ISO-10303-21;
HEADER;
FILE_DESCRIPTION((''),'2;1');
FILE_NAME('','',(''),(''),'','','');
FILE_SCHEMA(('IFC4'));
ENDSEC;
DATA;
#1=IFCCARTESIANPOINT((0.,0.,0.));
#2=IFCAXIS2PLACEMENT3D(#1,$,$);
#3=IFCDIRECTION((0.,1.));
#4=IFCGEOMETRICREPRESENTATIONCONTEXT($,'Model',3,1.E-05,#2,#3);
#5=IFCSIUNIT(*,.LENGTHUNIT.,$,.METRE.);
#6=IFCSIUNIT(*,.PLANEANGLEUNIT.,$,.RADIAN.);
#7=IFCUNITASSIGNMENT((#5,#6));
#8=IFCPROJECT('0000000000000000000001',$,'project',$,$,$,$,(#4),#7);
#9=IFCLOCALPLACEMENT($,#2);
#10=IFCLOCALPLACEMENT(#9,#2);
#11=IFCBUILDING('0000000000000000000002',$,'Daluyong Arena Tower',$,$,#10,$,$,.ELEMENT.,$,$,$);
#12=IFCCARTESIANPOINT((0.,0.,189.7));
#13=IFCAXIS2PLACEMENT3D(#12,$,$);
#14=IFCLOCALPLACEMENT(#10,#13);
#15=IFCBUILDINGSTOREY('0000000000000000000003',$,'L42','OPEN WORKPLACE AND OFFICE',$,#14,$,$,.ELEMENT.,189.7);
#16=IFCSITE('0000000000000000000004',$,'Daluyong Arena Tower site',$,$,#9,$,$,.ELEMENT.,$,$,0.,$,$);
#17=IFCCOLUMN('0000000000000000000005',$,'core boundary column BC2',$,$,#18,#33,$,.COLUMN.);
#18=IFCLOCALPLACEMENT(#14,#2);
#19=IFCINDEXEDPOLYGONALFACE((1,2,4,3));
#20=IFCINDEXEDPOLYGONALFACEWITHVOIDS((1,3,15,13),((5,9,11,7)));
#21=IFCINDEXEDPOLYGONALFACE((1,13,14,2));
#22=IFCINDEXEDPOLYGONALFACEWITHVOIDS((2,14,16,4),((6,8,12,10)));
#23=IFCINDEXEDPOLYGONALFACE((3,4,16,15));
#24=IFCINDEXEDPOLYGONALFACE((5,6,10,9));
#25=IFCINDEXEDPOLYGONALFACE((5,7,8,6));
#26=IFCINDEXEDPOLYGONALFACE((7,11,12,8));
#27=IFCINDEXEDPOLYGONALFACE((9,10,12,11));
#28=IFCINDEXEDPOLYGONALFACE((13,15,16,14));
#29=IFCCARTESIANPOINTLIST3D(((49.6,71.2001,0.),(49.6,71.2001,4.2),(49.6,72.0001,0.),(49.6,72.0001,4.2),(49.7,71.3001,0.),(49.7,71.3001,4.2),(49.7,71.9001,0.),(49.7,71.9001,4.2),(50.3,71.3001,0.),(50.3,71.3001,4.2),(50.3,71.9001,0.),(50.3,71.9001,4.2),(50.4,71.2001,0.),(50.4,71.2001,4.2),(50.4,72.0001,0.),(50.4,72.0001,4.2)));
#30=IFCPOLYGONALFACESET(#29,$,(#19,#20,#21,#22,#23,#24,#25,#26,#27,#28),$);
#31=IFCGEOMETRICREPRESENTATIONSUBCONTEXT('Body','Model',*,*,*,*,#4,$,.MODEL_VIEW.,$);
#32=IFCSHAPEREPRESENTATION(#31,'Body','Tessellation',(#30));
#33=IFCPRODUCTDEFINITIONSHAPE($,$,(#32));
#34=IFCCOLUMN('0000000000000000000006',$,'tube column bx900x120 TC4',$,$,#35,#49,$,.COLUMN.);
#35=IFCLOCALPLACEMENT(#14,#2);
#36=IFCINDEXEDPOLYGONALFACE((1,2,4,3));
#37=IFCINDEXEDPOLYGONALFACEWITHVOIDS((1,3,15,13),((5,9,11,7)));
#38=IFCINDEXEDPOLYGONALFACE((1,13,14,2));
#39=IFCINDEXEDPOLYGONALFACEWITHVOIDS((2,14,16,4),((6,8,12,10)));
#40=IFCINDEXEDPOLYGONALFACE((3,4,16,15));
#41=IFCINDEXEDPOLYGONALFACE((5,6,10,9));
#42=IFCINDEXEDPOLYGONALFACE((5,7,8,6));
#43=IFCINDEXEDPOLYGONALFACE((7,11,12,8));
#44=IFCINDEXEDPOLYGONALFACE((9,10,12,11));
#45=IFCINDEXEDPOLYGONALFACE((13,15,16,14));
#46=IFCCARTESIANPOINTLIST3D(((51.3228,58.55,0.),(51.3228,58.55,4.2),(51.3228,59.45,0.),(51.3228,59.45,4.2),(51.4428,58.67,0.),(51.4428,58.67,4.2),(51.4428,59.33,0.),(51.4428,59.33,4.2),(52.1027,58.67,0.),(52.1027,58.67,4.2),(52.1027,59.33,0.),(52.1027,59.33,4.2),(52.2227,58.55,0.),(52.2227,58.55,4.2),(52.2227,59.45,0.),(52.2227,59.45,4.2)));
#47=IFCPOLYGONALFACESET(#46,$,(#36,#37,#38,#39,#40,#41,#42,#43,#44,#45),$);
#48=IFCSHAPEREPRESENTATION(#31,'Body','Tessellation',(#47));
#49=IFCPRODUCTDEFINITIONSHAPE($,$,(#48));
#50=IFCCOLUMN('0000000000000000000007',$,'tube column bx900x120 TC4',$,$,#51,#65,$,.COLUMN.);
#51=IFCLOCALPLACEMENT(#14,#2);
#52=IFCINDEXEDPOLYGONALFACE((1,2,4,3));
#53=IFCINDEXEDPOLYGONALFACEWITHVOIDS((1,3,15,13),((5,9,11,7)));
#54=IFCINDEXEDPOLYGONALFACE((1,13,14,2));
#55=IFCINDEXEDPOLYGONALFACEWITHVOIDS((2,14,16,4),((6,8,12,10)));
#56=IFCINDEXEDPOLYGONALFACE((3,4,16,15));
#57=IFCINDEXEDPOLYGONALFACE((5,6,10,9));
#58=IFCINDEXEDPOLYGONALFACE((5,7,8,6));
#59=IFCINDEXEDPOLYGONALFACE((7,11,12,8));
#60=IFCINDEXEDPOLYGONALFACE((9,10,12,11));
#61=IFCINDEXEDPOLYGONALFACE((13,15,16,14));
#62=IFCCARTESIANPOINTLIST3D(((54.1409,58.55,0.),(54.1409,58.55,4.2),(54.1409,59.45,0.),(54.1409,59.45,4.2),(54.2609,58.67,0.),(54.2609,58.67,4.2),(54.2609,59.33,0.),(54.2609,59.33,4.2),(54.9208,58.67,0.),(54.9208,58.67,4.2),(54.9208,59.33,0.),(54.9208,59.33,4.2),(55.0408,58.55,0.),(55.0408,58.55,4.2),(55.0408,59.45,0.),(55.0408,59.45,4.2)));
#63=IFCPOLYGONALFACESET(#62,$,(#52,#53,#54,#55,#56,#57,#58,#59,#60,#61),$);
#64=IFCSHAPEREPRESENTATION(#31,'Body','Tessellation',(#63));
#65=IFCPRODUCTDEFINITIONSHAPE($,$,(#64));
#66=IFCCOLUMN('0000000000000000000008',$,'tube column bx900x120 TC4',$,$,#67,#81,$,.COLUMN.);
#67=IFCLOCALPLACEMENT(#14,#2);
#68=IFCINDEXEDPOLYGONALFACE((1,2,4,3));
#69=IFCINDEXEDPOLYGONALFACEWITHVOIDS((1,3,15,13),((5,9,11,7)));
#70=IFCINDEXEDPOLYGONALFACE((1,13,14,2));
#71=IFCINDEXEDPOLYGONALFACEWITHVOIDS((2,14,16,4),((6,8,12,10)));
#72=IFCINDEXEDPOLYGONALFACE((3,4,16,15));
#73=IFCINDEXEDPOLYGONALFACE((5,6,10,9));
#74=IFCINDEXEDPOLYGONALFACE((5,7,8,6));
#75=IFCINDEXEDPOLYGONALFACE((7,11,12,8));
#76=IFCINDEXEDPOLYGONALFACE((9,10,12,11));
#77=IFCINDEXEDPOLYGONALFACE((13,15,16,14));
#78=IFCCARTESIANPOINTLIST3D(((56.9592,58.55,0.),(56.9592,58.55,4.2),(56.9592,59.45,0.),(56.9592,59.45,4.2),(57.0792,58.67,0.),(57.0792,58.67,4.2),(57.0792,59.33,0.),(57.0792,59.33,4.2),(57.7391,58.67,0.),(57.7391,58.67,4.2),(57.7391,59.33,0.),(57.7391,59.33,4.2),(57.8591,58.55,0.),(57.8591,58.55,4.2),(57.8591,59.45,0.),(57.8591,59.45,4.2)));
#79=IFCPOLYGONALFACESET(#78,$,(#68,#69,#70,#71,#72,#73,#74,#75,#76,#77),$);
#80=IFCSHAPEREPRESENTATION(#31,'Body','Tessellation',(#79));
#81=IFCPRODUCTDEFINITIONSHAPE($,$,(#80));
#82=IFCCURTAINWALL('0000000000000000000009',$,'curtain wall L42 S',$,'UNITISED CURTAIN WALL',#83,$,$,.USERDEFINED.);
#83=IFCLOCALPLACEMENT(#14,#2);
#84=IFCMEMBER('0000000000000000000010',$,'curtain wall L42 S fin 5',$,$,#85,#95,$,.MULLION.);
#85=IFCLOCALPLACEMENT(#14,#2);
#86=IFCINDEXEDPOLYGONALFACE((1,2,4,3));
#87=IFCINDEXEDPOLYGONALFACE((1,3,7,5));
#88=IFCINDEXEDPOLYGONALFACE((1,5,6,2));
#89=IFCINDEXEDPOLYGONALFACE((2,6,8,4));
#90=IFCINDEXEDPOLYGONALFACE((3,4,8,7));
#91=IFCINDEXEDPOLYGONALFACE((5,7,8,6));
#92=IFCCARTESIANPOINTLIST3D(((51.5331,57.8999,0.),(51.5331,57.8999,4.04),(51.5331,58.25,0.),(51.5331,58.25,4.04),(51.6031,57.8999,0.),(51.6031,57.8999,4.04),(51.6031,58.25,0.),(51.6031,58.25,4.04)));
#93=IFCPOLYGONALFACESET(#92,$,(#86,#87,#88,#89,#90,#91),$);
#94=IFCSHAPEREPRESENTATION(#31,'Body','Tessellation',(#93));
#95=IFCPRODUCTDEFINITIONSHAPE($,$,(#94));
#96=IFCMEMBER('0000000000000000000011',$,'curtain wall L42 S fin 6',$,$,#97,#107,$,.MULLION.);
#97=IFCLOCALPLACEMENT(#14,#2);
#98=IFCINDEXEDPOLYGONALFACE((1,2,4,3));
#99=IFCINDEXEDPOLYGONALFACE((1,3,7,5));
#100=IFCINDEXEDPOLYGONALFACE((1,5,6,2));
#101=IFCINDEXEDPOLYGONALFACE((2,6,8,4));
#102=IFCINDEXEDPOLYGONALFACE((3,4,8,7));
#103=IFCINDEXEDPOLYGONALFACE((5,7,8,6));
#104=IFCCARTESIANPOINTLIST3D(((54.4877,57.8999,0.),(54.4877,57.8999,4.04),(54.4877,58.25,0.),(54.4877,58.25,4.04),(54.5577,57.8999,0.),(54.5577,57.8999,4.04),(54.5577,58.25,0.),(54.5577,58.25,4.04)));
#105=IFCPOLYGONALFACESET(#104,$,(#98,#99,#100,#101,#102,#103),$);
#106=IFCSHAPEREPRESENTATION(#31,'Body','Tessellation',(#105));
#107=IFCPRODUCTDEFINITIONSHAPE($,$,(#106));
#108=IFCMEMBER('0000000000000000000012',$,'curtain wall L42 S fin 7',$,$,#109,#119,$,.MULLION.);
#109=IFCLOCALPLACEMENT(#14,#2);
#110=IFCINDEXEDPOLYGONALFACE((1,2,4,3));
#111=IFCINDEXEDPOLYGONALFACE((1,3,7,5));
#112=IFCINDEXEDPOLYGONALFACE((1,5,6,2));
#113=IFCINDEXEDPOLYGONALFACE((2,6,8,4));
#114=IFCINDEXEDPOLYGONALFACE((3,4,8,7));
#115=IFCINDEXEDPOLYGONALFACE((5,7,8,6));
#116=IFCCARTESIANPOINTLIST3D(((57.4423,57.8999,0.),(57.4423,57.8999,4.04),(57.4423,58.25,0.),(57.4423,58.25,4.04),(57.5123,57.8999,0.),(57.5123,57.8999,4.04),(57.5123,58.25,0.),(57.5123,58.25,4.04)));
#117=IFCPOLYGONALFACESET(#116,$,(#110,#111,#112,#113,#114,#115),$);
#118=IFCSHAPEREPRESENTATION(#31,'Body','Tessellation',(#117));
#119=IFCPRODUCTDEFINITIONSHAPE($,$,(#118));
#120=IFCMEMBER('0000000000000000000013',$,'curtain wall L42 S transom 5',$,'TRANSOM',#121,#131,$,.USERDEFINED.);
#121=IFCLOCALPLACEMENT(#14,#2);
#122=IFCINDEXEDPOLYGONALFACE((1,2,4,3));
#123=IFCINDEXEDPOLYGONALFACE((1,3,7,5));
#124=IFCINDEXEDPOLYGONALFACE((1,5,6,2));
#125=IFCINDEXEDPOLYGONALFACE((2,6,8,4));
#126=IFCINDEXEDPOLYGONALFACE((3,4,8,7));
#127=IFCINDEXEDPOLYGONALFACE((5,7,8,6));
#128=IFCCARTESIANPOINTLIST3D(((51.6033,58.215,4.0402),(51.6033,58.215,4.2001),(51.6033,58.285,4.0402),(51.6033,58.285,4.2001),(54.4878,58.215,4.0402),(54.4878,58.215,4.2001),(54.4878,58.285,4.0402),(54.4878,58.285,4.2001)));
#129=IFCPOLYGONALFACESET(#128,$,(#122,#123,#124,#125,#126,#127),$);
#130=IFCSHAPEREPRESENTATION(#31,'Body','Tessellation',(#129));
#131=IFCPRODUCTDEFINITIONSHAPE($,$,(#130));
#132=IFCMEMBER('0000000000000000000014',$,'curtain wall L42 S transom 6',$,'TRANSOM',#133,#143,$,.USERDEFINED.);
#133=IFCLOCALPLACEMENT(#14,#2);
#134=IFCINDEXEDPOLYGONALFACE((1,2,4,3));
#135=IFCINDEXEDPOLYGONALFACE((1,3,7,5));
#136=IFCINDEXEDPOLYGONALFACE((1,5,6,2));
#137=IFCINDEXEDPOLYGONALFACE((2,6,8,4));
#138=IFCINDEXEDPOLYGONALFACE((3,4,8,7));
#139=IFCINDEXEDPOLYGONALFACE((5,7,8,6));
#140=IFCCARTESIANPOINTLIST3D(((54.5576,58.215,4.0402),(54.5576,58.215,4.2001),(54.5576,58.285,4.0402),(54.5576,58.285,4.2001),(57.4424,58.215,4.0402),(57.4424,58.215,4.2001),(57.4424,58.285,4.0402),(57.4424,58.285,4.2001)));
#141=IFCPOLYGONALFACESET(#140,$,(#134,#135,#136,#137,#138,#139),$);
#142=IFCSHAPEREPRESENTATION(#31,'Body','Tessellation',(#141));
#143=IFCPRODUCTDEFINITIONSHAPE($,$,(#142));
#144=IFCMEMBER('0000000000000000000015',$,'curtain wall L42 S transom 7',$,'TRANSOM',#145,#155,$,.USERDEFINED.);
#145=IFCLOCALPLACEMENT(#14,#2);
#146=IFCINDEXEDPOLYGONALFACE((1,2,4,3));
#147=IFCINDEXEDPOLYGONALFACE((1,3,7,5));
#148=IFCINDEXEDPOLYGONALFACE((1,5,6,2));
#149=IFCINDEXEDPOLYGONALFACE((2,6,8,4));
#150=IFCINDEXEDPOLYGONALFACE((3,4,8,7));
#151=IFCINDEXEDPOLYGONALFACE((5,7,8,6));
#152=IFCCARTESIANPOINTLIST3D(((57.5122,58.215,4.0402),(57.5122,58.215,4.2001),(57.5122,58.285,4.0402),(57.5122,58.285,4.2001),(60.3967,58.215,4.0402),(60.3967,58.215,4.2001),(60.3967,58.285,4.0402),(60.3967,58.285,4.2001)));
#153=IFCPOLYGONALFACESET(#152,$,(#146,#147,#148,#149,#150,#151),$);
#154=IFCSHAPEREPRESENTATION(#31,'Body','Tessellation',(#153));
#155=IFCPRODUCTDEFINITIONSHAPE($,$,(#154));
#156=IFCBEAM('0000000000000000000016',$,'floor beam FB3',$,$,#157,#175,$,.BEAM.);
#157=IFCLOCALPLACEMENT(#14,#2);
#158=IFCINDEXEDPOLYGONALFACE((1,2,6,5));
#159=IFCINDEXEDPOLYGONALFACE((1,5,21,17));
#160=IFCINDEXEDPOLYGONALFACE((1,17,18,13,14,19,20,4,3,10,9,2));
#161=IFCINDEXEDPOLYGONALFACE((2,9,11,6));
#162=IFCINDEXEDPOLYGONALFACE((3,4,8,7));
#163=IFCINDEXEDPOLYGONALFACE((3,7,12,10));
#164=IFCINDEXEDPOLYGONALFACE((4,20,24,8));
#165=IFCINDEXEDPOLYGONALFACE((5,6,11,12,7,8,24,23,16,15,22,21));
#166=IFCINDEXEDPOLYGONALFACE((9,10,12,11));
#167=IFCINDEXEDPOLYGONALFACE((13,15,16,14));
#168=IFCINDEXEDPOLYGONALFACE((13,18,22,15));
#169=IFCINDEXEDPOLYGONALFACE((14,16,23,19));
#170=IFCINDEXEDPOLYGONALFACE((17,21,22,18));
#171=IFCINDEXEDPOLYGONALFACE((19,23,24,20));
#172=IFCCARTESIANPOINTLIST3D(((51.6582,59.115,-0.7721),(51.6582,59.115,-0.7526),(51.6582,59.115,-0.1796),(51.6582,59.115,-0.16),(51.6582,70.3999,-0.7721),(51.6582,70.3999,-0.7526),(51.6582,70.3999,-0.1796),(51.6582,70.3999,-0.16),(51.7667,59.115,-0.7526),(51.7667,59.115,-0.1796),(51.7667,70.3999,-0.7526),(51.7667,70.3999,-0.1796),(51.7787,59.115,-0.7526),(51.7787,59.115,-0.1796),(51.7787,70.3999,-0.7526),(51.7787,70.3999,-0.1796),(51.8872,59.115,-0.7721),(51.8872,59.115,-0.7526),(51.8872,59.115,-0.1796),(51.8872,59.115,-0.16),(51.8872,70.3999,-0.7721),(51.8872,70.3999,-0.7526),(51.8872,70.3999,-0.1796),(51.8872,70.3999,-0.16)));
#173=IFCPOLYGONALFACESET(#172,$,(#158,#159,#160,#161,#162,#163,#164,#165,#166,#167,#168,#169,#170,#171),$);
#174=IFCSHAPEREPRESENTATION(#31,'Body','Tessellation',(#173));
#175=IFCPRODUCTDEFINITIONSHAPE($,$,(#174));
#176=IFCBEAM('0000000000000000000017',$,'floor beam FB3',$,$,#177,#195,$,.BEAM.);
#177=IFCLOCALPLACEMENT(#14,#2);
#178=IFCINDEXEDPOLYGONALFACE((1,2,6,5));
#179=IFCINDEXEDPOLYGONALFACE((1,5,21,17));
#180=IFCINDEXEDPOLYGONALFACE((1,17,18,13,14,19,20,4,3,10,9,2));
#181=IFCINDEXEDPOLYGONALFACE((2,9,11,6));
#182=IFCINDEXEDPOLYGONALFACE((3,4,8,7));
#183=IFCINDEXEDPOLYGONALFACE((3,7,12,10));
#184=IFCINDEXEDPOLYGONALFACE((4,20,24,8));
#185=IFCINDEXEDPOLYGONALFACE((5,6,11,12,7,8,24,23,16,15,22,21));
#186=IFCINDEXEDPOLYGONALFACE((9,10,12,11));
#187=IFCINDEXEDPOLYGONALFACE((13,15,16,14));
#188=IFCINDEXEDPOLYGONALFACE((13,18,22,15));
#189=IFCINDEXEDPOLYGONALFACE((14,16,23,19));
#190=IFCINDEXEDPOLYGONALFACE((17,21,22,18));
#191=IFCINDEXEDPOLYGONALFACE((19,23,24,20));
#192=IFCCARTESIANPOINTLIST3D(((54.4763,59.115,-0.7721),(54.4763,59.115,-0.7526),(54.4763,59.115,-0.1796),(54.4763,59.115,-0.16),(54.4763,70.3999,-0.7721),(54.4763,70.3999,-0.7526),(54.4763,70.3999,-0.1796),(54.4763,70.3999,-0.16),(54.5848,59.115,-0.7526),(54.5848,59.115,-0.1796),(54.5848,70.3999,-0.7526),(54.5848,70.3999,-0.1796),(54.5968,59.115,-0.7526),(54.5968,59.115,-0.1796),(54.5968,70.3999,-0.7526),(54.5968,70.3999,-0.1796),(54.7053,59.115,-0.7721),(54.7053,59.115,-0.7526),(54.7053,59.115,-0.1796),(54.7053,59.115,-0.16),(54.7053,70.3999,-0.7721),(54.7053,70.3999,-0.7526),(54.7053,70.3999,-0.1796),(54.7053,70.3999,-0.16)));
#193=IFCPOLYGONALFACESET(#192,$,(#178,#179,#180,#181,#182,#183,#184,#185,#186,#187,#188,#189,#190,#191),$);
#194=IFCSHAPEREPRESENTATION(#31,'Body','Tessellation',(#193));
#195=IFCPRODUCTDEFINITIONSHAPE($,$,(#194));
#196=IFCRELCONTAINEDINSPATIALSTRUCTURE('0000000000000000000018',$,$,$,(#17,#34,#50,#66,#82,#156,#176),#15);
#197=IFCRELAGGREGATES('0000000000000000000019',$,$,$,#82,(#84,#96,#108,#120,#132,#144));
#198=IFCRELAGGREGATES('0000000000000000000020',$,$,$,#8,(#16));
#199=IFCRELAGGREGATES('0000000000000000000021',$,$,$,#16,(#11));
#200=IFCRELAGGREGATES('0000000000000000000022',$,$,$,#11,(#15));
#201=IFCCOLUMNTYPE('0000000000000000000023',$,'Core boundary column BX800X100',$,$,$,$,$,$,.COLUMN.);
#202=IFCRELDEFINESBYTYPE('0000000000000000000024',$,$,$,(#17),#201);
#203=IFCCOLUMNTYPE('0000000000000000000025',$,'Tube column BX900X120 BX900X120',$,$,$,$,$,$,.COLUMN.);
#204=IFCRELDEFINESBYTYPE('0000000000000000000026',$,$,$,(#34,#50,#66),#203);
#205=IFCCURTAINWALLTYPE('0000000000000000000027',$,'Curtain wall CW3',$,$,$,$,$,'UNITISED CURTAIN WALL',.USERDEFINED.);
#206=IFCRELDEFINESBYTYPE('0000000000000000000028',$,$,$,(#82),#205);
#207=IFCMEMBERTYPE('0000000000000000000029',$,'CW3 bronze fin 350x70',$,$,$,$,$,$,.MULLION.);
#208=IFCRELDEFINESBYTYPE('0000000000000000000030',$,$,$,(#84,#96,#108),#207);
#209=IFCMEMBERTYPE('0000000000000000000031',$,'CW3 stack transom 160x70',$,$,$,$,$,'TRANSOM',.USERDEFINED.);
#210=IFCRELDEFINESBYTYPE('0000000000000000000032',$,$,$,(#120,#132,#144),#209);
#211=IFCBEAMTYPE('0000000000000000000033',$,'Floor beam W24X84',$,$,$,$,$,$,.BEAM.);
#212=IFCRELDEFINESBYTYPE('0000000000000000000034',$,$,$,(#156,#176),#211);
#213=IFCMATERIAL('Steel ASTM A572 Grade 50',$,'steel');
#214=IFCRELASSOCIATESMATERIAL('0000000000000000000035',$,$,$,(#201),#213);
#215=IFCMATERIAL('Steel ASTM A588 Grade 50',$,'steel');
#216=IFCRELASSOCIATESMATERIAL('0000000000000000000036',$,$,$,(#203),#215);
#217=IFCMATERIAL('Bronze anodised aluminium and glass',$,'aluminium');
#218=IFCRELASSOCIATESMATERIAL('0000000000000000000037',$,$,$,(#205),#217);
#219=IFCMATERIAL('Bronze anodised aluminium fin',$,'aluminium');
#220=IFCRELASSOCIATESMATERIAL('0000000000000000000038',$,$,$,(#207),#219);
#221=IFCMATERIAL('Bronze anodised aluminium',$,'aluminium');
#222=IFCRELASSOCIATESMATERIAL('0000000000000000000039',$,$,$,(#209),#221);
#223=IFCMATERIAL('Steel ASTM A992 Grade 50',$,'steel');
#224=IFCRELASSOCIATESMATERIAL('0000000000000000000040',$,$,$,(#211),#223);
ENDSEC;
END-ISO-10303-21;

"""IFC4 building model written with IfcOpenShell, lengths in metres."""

from ifc_helpers import new_model, si_unit, direction, frame, origin, origin_2d, place, context, subcontext, project, spatial, rectangle, hollow_rectangle, i_section, extrude, material, material_profile, profile_set, type_object, element, aggregate, save


model = new_model("IFC4")

# Units and contexts
model_context = context("Model", 3, precision=1e-05, world=origin(), true_north=direction((0.0, 1.0)))
body_context = subcontext(model_context, "Body", "Model", "MODEL_VIEW")
ifc_project = project(units=[si_unit("LENGTHUNIT", "METRE"), si_unit("PLANEANGLEUNIT", "RADIAN")], contexts=[model_context])

# Site, building, storey
site_placement = place(None, origin())
site = spatial("IfcSite", under=ifc_project, at=site_placement, Name="Daluyong Arena Tower site", CompositionType="ELEMENT", RefElevation=0.0)
building_placement = place(site_placement, origin())
building = spatial("IfcBuilding", under=site, at=building_placement, Name="Daluyong Arena Tower", CompositionType="ELEMENT")
storey_placement = place(building_placement, frame((0.0, 0.0, 189.7)))
storey = spatial("IfcBuildingStorey", under=building, at=storey_placement, Name="L42", Description="OPEN WORKPLACE AND OFFICE", CompositionType="ELEMENT", Elevation=189.7)

# Columns
ifc_material_1 = material(Name="Steel ASTM A572 Grade 50", Category="steel")
ifc_material_profile_1 = material_profile(ifc_material_1, hollow_rectangle(XDim=0.8, YDim=0.8, WallThickness=0.1, at=origin_2d()))
ifc_profile_set_1 = profile_set([ifc_material_profile_1], Name="Steel ASTM A572 Grade 50")
column_type_1 = type_object("IfcColumnType", Name="Core boundary column BX800X100", PredefinedType="COLUMN", material=ifc_profile_set_1)
column_placement = place(storey_placement, frame((50.0, 71.6001, 0.0), z_axis=(0.0, 0.0, 1.0), x_axis=(1.0, 0.0, 0.0)))
element("IfcColumn", 1, at=column_placement, inside=storey, type_object=column_type_1, Name="core boundary column BC2", PredefinedType="COLUMN", context=body_context, shape_type="SweptSolid", body=[
    extrude(hollow_rectangle(XDim=0.8, YDim=0.8, WallThickness=0.1, at=origin_2d()), origin(), (0.0, 0.0, 1.0), 4.2),
])
ifc_material_2 = material(Name="Steel ASTM A588 Grade 50", Category="steel")
ifc_material_profile_2 = material_profile(ifc_material_2, hollow_rectangle(XDim=0.8999, YDim=0.8999, WallThickness=0.12, at=origin_2d()))
ifc_profile_set_2 = profile_set([ifc_material_profile_2], Name="Steel ASTM A588 Grade 50")
column_type_2 = type_object("IfcColumnType", Name="Tube column BX900X120 BX900X120", PredefinedType="COLUMN", material=ifc_profile_set_2)
for number, where, z_axis, x_axis, name in (
    (2, (51.7727, 59.0, 0.0), (0.0, 0.0, 1.0), (1.0, 0.0, 0.0), "tube column bx900x120 TC4"),
    (3, (54.5908, 59.0, 0.0), (0.0, 0.0, 1.0), (1.0, 0.0, 0.0), "tube column bx900x120 TC4"),
    (4, (57.4092, 59.0, 0.0), (0.0, 0.0, 1.0), (1.0, 0.0, 0.0), "tube column bx900x120 TC4"),
):
    element("IfcColumn", number, at=place(storey_placement, frame(where, z_axis=z_axis, x_axis=x_axis)), inside=storey, type_object=column_type_2, Name=name, PredefinedType="COLUMN", context=body_context, shape_type="SweptSolid", body=[
        extrude(hollow_rectangle(XDim=0.8999, YDim=0.8999, WallThickness=0.12, at=origin_2d()), origin(), (0.0, 0.0, 1.0), 4.2),
    ])

# Curtain wall, members
ifc_material_3 = material(Name="Bronze anodised aluminium and glass", Category="aluminium")
curtain_wall_type = type_object("IfcCurtainWallType", Name="Curtain wall CW3", ElementType="UNITISED CURTAIN WALL", PredefinedType="USERDEFINED", material=ifc_material_3)
curtain_wall_placement = place(storey_placement, origin())
curtain_wall = element("IfcCurtainWall", 5, at=curtain_wall_placement, inside=storey, type_object=curtain_wall_type, Name="curtain wall L42 S", ObjectType="UNITISED CURTAIN WALL", PredefinedType="USERDEFINED")
ifc_material_4 = material(Name="Bronze anodised aluminium fin", Category="aluminium")
ifc_material_profile_3 = material_profile(ifc_material_4, rectangle(XDim=0.3501, YDim=0.0701, at=origin_2d()))
ifc_profile_set_3 = profile_set([ifc_material_profile_3], Name="Bronze anodised aluminium fin")
member_type_1 = type_object("IfcMemberType", Name="CW3 bronze fin 350x70", PredefinedType="MULLION", material=ifc_profile_set_3)
member_1_placement = place(storey_placement, frame((51.5681, 58.075, 0.0), z_axis=(0.0, 0.0, 1.0), x_axis=(0.0, 1.0, 0.0)))
member_1 = element("IfcMember", 6, at=member_1_placement, type_object=member_type_1, Name="curtain wall L42 S fin 5", PredefinedType="MULLION", context=body_context, shape_type="SweptSolid", body=[
    extrude(rectangle(XDim=0.3501, YDim=0.0701, at=origin_2d()), origin(), (0.0, 0.0, 1.0), 4.04),
])
member_2_placement = place(storey_placement, frame((54.5227, 58.075, 0.0), z_axis=(0.0, 0.0, 1.0), x_axis=(0.0, 1.0, 0.0)))
member_2 = element("IfcMember", 7, at=member_2_placement, type_object=member_type_1, Name="curtain wall L42 S fin 6", PredefinedType="MULLION", context=body_context, shape_type="SweptSolid", body=[
    extrude(rectangle(XDim=0.3501, YDim=0.0701, at=origin_2d()), origin(), (0.0, 0.0, 1.0), 4.04),
])
member_3_placement = place(storey_placement, frame((57.4773, 58.075, 0.0), z_axis=(0.0, 0.0, 1.0), x_axis=(0.0, 1.0, 0.0)))
member_3 = element("IfcMember", 8, at=member_3_placement, type_object=member_type_1, Name="curtain wall L42 S fin 7", PredefinedType="MULLION", context=body_context, shape_type="SweptSolid", body=[
    extrude(rectangle(XDim=0.3501, YDim=0.0701, at=origin_2d()), origin(), (0.0, 0.0, 1.0), 4.04),
])
ifc_material_5 = material(Name="Bronze anodised aluminium", Category="aluminium")
ifc_material_profile_4 = material_profile(ifc_material_5, rectangle(XDim=0.0701, YDim=0.1599, at=origin_2d()))
ifc_profile_set_4 = profile_set([ifc_material_profile_4], Name="Bronze anodised aluminium")
member_type_2 = type_object("IfcMemberType", Name="CW3 stack transom 160x70", ElementType="TRANSOM", PredefinedType="USERDEFINED", material=ifc_profile_set_4)
member_4_placement = place(storey_placement, frame((51.6033, 58.25, 4.1201), z_axis=(1.0, 0.0, 0.0), x_axis=(0.0, 1.0, 0.0)))
member_4 = element("IfcMember", 9, at=member_4_placement, type_object=member_type_2, Name="curtain wall L42 S transom 5", ObjectType="TRANSOM", PredefinedType="USERDEFINED", context=body_context, shape_type="SweptSolid", body=[
    extrude(rectangle(XDim=0.0701, YDim=0.1599, at=origin_2d()), origin(), (0.0, 0.0, 1.0), 2.8845),
])
member_5_placement = place(storey_placement, frame((54.5576, 58.25, 4.1201), z_axis=(1.0, 0.0, 0.0), x_axis=(0.0, 1.0, 0.0)))
member_5 = element("IfcMember", 10, at=member_5_placement, type_object=member_type_2, Name="curtain wall L42 S transom 6", ObjectType="TRANSOM", PredefinedType="USERDEFINED", context=body_context, shape_type="SweptSolid", body=[
    extrude(rectangle(XDim=0.0701, YDim=0.1599, at=origin_2d()), origin(), (0.0, 0.0, 1.0), 2.8848),
])
member_6_placement = place(storey_placement, frame((57.5122, 58.25, 4.1201), z_axis=(1.0, 0.0, 0.0), x_axis=(0.0, 1.0, 0.0)))
member_6 = element("IfcMember", 11, at=member_6_placement, type_object=member_type_2, Name="curtain wall L42 S transom 7", ObjectType="TRANSOM", PredefinedType="USERDEFINED", context=body_context, shape_type="SweptSolid", body=[
    extrude(rectangle(XDim=0.0701, YDim=0.1599, at=origin_2d()), origin(), (0.0, 0.0, 1.0), 2.8845),
])

# Beams
ifc_material_6 = material(Name="Steel ASTM A992 Grade 50", Category="steel")
ifc_material_profile_5 = material_profile(ifc_material_6, i_section(OverallWidth=0.229, OverallDepth=0.6121, WebThickness=0.012, FlangeThickness=0.0195, at=origin_2d()))
ifc_profile_set_5 = profile_set([ifc_material_profile_5], Name="Steel ASTM A992 Grade 50")
beam_type_1 = type_object("IfcBeamType", Name="Floor beam W24X84", PredefinedType="BEAM", material=ifc_profile_set_5)
for number, where, z_axis, x_axis, name in (
    (12, (51.7727, 59.115, -0.4661), (0.0, 1.0, 0.0), (-1.0, 0.0, 0.0), "floor beam FB3"),
    (13, (54.5908, 59.115, -0.4661), (0.0, 1.0, 0.0), (-1.0, 0.0, 0.0), "floor beam FB3"),
):
    element("IfcBeam", number, at=place(storey_placement, frame(where, z_axis=z_axis, x_axis=x_axis)), inside=storey, type_object=beam_type_1, Name=name, PredefinedType="BEAM", context=body_context, shape_type="SweptSolid", body=[
        extrude(i_section(OverallWidth=0.229, OverallDepth=0.6121, WebThickness=0.012, FlangeThickness=0.0195, at=origin_2d()), origin(), (0.0, 0.0, 1.0), 11.2849),
    ])

aggregate(curtain_wall, [member_1, member_2, member_3, member_4, member_5, member_6])

save(model, "model.ifc")
